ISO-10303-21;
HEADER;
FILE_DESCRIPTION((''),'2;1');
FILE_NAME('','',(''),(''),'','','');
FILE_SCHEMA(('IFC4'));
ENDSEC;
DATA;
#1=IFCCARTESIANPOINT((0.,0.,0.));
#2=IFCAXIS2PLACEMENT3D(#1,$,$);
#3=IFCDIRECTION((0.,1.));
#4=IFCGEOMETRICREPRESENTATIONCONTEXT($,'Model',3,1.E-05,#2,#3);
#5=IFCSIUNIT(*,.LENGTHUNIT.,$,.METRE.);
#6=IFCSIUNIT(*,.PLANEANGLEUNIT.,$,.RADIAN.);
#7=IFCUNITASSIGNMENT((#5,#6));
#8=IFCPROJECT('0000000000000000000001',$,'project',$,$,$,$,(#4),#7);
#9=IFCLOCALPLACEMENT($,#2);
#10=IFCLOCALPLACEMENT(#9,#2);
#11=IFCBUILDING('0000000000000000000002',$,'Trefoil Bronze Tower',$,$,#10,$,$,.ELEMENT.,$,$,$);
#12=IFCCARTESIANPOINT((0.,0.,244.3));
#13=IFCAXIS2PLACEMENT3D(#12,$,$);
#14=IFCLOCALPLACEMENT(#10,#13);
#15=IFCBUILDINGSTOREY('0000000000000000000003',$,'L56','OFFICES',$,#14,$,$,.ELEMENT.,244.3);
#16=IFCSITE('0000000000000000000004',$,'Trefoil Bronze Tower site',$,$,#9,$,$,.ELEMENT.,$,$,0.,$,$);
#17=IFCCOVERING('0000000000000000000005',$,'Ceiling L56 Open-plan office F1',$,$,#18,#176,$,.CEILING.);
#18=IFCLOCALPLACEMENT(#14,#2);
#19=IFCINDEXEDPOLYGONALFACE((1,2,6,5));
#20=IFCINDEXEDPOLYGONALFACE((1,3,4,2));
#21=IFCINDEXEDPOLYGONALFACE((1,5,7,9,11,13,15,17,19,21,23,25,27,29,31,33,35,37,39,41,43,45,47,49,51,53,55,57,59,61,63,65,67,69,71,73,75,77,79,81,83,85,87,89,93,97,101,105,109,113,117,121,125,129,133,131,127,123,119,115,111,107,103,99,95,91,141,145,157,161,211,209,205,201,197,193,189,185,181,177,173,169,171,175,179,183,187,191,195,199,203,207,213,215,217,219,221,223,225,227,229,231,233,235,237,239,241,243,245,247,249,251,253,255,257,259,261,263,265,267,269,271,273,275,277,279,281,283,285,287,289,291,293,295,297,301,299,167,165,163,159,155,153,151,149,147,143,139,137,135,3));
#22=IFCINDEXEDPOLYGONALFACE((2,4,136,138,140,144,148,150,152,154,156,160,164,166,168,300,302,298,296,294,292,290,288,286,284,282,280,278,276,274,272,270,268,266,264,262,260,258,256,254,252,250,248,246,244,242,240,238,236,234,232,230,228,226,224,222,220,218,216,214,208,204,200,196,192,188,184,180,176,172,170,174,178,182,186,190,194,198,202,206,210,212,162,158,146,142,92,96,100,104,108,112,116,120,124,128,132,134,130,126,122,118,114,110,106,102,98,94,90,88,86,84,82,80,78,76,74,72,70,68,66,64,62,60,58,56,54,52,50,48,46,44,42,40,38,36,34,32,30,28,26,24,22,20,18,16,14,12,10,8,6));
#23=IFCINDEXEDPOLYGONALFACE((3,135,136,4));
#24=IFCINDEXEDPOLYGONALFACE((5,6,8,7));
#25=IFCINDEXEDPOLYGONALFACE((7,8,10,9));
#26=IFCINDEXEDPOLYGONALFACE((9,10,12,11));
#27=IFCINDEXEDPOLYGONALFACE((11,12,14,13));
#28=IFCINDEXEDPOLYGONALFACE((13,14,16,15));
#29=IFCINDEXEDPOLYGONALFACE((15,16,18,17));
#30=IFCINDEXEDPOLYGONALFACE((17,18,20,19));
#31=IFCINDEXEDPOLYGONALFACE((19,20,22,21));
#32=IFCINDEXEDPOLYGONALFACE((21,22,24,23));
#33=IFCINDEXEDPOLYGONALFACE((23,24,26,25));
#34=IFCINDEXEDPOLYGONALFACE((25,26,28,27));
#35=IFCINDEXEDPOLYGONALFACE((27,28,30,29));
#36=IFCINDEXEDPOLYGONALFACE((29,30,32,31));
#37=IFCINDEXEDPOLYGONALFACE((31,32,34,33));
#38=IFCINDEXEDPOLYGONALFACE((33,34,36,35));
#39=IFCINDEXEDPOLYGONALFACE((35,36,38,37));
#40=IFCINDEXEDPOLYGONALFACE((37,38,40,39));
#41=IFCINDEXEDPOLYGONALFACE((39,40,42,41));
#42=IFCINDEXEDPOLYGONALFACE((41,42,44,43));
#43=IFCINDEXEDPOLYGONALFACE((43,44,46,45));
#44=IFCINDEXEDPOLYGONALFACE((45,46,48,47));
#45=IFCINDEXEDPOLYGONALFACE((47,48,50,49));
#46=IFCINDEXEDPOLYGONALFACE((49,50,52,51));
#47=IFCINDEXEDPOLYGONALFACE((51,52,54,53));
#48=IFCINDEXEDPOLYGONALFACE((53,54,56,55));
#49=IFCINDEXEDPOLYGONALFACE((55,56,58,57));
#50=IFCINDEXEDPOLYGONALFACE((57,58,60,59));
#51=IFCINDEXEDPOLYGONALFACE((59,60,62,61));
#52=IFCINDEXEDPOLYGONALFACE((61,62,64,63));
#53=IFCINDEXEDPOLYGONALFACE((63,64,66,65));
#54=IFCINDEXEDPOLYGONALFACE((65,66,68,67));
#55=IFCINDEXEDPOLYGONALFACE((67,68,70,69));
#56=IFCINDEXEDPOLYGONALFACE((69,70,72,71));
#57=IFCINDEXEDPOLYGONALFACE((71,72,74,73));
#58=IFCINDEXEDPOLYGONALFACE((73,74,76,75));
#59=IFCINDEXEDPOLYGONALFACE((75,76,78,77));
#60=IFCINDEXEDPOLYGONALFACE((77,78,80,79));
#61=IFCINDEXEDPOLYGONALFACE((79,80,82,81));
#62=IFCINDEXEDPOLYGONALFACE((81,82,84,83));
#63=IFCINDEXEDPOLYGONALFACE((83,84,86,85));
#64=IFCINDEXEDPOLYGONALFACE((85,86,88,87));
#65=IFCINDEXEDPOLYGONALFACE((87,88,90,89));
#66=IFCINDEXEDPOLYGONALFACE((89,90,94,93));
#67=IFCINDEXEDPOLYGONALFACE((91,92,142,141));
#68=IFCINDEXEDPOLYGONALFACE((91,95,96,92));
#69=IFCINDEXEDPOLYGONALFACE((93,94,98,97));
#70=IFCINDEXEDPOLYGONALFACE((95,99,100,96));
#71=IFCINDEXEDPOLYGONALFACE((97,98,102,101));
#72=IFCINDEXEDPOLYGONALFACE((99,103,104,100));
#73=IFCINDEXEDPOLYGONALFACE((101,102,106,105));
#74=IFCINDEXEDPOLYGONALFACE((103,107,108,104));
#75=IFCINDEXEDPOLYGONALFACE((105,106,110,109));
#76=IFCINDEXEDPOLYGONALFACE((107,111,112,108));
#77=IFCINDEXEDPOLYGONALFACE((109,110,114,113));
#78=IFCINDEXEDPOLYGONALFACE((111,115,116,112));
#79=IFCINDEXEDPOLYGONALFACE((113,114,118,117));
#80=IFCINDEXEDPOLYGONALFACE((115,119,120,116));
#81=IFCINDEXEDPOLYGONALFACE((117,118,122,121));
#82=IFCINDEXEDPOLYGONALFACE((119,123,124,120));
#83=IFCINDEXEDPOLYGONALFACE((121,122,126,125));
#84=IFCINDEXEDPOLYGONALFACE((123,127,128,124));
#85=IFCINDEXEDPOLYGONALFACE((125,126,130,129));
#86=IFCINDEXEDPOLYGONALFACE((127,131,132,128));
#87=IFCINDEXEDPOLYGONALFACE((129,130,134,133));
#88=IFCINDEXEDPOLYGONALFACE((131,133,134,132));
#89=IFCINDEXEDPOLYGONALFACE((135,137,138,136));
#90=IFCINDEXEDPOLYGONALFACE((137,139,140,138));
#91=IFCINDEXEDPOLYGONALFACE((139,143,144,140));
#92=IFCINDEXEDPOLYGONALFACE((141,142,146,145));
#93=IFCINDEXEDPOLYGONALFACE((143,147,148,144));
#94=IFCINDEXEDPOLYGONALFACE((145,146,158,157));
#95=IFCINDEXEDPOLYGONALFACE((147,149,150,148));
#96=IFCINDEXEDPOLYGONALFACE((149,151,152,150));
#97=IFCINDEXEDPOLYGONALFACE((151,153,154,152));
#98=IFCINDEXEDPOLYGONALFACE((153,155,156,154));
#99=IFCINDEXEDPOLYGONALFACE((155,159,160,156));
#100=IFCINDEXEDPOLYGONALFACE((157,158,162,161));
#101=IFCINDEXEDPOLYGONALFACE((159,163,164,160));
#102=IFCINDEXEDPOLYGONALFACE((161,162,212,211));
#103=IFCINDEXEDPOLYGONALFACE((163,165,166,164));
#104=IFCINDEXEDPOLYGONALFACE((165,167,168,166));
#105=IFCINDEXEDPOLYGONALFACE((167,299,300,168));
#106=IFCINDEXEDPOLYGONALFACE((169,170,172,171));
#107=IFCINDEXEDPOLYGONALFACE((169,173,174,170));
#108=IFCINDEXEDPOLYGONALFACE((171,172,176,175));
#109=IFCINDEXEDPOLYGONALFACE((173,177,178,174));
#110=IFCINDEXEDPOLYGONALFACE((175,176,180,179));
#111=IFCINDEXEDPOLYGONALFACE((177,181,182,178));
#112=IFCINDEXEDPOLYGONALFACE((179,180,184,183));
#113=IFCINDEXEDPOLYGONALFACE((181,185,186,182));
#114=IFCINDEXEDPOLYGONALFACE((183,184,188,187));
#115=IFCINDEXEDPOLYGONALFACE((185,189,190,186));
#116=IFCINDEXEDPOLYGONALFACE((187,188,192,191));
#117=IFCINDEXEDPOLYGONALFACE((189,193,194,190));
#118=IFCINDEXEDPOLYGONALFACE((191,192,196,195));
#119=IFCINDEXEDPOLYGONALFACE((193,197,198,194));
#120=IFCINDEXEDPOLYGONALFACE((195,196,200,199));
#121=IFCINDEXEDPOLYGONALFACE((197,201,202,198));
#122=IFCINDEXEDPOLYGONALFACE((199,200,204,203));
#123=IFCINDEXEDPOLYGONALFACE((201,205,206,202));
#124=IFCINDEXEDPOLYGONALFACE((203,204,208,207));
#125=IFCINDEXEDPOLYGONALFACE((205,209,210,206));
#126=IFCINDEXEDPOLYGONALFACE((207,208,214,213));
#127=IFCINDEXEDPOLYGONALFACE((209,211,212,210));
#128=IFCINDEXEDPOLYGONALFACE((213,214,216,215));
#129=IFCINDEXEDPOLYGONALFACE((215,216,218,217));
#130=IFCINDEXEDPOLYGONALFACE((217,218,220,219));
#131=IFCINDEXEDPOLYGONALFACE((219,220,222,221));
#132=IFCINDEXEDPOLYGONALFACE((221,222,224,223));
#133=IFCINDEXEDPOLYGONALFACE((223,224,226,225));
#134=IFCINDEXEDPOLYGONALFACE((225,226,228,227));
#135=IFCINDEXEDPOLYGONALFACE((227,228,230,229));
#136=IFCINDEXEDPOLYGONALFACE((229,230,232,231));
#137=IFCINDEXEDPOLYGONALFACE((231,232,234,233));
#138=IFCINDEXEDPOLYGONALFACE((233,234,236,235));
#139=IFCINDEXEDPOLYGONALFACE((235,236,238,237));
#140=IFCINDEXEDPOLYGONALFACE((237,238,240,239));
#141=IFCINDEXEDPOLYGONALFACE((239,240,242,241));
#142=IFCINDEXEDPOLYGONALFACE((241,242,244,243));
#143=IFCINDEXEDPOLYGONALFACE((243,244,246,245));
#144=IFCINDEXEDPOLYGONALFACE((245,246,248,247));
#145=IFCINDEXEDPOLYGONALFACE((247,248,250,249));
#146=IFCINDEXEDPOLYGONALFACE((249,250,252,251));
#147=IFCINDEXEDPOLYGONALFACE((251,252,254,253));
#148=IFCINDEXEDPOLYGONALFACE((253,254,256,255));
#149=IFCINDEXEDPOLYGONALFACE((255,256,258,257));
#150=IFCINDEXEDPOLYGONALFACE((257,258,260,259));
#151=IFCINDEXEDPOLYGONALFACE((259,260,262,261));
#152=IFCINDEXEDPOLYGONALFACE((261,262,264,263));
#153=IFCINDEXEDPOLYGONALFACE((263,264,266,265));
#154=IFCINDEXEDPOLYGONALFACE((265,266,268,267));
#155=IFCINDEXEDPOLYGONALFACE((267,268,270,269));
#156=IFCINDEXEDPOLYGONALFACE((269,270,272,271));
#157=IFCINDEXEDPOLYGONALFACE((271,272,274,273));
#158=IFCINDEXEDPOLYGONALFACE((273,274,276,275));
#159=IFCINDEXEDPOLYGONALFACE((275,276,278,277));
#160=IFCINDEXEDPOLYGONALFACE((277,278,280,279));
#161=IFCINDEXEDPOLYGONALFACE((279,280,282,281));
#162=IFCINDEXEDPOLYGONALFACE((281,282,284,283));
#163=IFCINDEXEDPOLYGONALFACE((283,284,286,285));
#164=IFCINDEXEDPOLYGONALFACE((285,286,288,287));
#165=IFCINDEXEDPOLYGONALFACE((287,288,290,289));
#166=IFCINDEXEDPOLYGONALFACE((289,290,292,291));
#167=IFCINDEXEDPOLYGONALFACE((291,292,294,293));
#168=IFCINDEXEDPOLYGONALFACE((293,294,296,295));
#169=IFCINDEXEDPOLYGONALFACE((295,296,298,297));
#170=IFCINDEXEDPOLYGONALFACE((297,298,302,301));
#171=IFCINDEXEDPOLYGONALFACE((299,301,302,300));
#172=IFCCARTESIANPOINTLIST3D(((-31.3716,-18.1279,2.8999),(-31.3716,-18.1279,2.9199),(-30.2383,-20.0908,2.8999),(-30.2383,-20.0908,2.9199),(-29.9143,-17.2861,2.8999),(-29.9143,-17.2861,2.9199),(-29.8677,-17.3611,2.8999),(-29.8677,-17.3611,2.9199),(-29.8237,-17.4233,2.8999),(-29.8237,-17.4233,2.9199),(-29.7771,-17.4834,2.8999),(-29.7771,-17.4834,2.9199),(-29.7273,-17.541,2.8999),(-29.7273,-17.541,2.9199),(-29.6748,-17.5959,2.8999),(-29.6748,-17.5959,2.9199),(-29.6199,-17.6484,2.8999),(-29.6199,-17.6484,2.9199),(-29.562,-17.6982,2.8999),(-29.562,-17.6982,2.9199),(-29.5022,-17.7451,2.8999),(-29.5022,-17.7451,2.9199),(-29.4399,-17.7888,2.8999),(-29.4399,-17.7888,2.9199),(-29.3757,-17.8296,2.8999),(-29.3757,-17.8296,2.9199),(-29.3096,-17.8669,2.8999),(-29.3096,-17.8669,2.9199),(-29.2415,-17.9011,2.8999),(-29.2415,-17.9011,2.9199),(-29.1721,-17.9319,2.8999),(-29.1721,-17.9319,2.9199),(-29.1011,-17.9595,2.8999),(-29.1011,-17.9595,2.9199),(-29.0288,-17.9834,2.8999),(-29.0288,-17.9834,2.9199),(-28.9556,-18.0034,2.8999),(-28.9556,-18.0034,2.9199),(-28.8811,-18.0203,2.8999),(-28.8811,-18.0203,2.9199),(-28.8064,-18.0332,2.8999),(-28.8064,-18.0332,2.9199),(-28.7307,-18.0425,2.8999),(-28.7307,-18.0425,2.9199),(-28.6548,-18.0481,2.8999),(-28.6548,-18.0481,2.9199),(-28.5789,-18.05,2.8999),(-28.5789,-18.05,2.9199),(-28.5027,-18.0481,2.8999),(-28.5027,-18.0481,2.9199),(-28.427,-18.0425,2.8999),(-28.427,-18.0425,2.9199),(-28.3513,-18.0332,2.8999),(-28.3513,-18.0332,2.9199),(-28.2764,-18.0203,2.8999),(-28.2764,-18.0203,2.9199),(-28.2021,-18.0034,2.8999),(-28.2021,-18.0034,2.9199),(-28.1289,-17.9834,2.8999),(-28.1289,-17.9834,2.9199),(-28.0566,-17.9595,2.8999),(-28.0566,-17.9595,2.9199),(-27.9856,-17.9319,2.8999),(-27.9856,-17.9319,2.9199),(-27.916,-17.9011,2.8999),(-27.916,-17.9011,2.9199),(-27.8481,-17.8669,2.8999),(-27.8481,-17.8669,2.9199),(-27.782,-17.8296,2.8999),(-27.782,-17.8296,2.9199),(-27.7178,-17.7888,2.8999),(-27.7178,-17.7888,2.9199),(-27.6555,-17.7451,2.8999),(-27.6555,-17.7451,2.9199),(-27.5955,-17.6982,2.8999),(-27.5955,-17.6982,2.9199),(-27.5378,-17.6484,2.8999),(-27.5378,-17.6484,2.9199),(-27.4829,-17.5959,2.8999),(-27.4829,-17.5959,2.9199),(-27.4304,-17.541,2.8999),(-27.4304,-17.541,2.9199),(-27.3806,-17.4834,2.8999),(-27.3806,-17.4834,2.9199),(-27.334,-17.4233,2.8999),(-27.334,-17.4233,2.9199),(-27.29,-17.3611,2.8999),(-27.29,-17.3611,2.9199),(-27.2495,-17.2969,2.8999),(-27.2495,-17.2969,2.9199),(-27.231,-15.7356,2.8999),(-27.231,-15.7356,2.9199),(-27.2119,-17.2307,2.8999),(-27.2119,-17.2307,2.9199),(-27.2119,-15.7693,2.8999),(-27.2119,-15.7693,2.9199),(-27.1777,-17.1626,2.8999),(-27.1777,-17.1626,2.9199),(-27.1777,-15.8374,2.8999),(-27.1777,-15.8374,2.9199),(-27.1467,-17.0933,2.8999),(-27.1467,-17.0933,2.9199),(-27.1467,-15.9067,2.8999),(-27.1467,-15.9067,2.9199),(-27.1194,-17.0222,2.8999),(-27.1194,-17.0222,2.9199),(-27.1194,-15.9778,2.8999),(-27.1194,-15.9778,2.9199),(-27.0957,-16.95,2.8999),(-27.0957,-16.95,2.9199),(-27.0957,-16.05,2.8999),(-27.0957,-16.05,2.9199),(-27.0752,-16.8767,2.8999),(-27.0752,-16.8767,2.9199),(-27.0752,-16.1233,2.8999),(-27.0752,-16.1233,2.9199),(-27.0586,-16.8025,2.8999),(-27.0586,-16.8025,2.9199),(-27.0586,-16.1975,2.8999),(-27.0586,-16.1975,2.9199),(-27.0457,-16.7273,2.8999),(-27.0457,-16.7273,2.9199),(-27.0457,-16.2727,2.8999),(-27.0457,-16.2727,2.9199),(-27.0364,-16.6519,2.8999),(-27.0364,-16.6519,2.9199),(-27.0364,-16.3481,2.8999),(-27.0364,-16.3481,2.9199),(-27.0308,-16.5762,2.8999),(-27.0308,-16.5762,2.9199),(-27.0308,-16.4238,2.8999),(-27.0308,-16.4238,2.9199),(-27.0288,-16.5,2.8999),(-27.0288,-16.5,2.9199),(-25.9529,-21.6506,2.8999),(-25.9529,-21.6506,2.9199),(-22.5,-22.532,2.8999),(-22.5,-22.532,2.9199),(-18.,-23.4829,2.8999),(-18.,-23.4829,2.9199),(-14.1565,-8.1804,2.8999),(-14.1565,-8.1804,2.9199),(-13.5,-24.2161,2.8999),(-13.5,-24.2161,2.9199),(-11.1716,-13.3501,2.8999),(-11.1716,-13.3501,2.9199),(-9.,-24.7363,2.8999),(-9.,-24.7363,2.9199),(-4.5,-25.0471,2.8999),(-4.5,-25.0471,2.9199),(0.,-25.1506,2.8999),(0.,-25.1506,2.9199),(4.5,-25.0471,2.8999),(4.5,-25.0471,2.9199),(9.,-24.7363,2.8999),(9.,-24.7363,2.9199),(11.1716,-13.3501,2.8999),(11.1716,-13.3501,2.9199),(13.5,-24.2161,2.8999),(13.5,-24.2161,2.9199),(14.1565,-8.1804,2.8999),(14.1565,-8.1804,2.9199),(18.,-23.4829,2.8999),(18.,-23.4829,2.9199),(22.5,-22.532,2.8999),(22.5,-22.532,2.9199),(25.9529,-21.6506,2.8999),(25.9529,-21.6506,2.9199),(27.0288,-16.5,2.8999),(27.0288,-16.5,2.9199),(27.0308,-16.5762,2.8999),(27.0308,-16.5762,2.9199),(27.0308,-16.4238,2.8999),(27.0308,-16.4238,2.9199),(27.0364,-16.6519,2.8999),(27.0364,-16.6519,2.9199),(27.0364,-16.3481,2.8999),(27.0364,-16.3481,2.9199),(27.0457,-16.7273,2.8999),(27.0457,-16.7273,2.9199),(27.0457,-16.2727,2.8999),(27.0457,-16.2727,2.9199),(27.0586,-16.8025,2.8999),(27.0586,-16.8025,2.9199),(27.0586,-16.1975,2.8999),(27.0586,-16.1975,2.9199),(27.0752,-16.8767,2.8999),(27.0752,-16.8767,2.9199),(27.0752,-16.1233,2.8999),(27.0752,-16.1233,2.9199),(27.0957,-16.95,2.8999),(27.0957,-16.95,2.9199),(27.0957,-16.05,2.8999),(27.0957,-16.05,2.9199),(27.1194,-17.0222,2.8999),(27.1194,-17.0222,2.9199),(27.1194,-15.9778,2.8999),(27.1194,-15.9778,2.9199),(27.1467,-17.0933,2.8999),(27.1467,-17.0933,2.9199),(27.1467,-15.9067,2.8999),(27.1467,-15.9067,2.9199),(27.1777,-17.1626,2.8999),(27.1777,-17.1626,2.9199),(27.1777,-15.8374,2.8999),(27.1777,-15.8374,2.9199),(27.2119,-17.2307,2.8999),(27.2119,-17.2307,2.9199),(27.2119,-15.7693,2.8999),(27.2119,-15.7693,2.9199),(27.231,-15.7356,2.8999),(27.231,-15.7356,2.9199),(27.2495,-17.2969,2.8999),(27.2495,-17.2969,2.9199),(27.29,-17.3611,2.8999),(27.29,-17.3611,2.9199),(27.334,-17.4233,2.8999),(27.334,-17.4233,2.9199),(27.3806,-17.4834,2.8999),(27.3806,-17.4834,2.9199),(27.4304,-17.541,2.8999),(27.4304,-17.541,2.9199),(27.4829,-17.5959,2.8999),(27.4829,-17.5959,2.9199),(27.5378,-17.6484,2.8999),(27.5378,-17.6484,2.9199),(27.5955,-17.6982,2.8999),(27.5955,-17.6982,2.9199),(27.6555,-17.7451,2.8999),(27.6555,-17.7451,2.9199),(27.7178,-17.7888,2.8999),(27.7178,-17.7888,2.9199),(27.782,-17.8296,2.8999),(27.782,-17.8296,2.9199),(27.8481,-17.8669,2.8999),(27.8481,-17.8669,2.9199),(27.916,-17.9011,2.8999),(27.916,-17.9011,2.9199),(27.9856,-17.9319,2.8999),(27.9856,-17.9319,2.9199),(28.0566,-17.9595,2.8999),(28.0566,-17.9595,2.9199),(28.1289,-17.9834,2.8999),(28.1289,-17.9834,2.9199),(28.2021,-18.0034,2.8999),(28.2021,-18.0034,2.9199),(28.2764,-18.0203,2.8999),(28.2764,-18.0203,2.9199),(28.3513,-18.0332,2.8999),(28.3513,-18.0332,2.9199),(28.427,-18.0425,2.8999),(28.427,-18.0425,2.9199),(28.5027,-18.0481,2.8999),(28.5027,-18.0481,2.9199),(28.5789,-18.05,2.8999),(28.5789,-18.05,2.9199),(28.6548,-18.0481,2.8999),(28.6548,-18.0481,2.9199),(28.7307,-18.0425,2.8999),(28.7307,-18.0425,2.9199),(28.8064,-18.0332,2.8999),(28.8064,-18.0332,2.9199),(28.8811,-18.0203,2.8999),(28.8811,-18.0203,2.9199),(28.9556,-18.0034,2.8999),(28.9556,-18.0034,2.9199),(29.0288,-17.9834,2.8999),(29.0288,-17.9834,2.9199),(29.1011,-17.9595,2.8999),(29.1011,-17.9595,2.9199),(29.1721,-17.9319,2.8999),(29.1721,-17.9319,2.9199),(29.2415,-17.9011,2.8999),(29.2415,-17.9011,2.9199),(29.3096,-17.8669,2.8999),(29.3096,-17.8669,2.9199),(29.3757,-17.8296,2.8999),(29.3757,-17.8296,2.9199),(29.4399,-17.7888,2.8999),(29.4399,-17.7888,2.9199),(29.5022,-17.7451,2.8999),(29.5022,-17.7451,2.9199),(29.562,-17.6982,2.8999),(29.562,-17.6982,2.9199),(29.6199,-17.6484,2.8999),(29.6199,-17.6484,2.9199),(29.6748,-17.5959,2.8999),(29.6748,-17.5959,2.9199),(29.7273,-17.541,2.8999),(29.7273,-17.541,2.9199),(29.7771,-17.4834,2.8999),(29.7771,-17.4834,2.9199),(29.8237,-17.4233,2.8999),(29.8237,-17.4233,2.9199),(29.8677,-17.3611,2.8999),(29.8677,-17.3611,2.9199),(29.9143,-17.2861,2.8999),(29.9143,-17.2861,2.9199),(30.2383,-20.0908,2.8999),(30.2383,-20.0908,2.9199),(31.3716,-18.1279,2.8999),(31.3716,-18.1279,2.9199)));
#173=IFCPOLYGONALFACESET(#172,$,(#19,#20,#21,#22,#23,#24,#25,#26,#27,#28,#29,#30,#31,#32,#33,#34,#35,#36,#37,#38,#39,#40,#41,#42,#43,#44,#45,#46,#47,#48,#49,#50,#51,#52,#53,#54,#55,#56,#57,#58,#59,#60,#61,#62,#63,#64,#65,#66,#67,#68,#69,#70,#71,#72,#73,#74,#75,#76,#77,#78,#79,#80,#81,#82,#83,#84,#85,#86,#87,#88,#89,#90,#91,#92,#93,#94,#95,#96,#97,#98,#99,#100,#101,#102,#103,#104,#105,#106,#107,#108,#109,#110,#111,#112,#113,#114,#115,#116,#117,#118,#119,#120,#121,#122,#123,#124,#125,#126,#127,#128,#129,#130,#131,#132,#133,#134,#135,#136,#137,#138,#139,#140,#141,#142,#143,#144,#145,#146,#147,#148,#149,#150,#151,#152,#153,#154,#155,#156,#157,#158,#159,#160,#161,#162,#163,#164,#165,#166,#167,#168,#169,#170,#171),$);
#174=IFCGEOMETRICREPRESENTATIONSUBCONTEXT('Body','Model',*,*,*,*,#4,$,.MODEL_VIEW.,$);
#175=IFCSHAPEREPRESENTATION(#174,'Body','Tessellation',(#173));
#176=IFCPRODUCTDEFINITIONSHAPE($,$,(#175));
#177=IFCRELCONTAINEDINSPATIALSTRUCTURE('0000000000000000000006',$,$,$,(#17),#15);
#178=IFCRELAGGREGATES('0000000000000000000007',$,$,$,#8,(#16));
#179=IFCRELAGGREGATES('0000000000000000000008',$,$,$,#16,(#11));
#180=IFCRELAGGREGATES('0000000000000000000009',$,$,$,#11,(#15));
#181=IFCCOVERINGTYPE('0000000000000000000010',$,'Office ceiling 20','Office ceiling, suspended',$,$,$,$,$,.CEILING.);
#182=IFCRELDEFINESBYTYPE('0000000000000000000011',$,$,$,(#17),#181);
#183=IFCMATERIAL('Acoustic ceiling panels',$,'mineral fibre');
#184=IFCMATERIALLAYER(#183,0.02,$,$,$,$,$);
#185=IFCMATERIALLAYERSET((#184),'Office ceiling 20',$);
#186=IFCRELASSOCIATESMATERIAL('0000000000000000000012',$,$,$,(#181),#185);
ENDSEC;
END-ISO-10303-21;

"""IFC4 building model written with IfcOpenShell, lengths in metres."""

from ifc_helpers import new_model, si_unit, direction, frame, origin, place, context, subcontext, project, spatial, polyline, outline, extrude, material, layer, layer_set, type_object, element, save


model = new_model("IFC4")

# Units and contexts
model_context = context("Model", 3, precision=1e-05, world=origin(), true_north=direction((0.0, 1.0)))
body_context = subcontext(model_context, "Body", "Model", "MODEL_VIEW")
ifc_project = project(units=[si_unit("LENGTHUNIT", "METRE"), si_unit("PLANEANGLEUNIT", "RADIAN")], contexts=[model_context])

# Site, building, storey
site_placement = place(None, origin())
site = spatial("IfcSite", under=ifc_project, at=site_placement, Name="Trefoil Bronze Tower site", CompositionType="ELEMENT", RefElevation=0.0)
building_placement = place(site_placement, origin())
building = spatial("IfcBuilding", under=site, at=building_placement, Name="Trefoil Bronze Tower", CompositionType="ELEMENT")
storey_placement = place(building_placement, frame((0.0, 0.0, 244.3)))
storey = spatial("IfcBuildingStorey", under=building, at=storey_placement, Name="L56", Description="OFFICES", CompositionType="ELEMENT", Elevation=244.3)

# Covering
ifc_material_1 = material(Name="Acoustic ceiling panels", Category="mineral fibre")
ifc_layer_1 = layer(ifc_material_1, 0.02)
ifc_layer_set_1 = layer_set([ifc_layer_1], Name="Office ceiling 20")
covering_type_1 = type_object("IfcCoveringType", Name="Office ceiling 20", Description="Office ceiling, suspended", PredefinedType="CEILING", material=ifc_layer_set_1)
covering_1_placement = place(storey_placement, frame((0.0, 0.0, 2.8999)))
element("IfcCovering", 1, at=covering_1_placement, inside=storey, type_object=covering_type_1, Name="Ceiling L56 Open-plan office F1", PredefinedType="CEILING", context=body_context, shape_type="SweptSolid", body=[
    extrude(outline(polyline([(-29.8677, -17.3611), (-29.8237, -17.4233), (-29.7771, -17.4834), (-29.7273, -17.541), (-29.6748, -17.5959), (-29.6199, -17.6484), (-29.562, -17.6982), (-29.5022, -17.7451), (-29.4399, -17.7888), (-29.3757, -17.8296), (-29.3096, -17.8669), (-29.2415, -17.9011), (-29.1721, -17.9319), (-29.1011, -17.9595), (-29.0288, -17.9834), (-28.9556, -18.0034), (-28.8811, -18.0203), (-28.8064, -18.0332), (-28.7307, -18.0425), (-28.6548, -18.0481), (-28.5789, -18.05), (-28.5027, -18.0481), (-28.427, -18.0425), (-28.3513, -18.0332), (-28.2764, -18.0203), (-28.2021, -18.0034), (-28.1289, -17.9834), (-28.0566, -17.9595), (-27.9856, -17.9319), (-27.916, -17.9011), (-27.8481, -17.8669), (-27.782, -17.8296), (-27.7178, -17.7888), (-27.6555, -17.7451), (-27.5955, -17.6982), (-27.5378, -17.6484), (-27.4829, -17.5959), (-27.4304, -17.541), (-27.3806, -17.4834), (-27.334, -17.4233), (-27.29, -17.3611), (-27.2495, -17.2969), (-27.2119, -17.2307), (-27.1777, -17.1626), (-27.1467, -17.0933), (-27.1194, -17.0222), (-27.0957, -16.95), (-27.0752, -16.8767), (-27.0586, -16.8025), (-27.0457, -16.7273), (-27.0364, -16.6519), (-27.0308, -16.5762), (-27.0288, -16.5), (-27.0308, -16.4238), (-27.0364, -16.3481), (-27.0457, -16.2727), (-27.0586, -16.1975), (-27.0752, -16.1233), (-27.0957, -16.05), (-27.1194, -15.9778), (-27.1467, -15.9067), (-27.1777, -15.8374), (-27.2119, -15.7693), (-27.231, -15.7356), (-14.1565, -8.1804), (-11.1716, -13.3501), (11.1716, -13.3501), (14.1565, -8.1804), (27.231, -15.7356), (27.2119, -15.7693), (27.1777, -15.8374), (27.1467, -15.9067), (27.1194, -15.9778), (27.0957, -16.05), (27.0752, -16.1233), (27.0586, -16.1975), (27.0457, -16.2727), (27.0364, -16.3481), (27.0308, -16.4238), (27.0288, -16.5), (27.0308, -16.5762), (27.0364, -16.6519), (27.0457, -16.7273), (27.0586, -16.8025), (27.0752, -16.8767), (27.0957, -16.95), (27.1194, -17.0222), (27.1467, -17.0933), (27.1777, -17.1626), (27.2119, -17.2307), (27.2495, -17.2969), (27.29, -17.3611), (27.334, -17.4233), (27.3806, -17.4834), (27.4304, -17.541), (27.4829, -17.5959), (27.5378, -17.6484), (27.5955, -17.6982), (27.6555, -17.7451), (27.7178, -17.7888), (27.782, -17.8296), (27.8481, -17.8669), (27.916, -17.9011), (27.9856, -17.9319), (28.0566, -17.9595), (28.1289, -17.9834), (28.2021, -18.0034), (28.2764, -18.0203), (28.3513, -18.0332), (28.427, -18.0425), (28.5027, -18.0481), (28.5789, -18.05), (28.6548, -18.0481), (28.7307, -18.0425), (28.8064, -18.0332), (28.8811, -18.0203), (28.9556, -18.0034), (29.0288, -17.9834), (29.1011, -17.9595), (29.1721, -17.9319), (29.2415, -17.9011), (29.3096, -17.8669), (29.3757, -17.8296), (29.4399, -17.7888), (29.5022, -17.7451), (29.562, -17.6982), (29.6199, -17.6484), (29.6748, -17.5959), (29.7273, -17.541), (29.7771, -17.4834), (29.8237, -17.4233), (29.8677, -17.3611), (29.9143, -17.2861), (31.3716, -18.1279), (30.2383, -20.0908), (25.9529, -21.6506), (22.5, -22.532), (18.0, -23.4829), (13.5, -24.2161), (9.0, -24.7363), (4.5, -25.0471), (0.0, -25.1506), (-4.5, -25.0471), (-9.0, -24.7363), (-13.5, -24.2161), (-18.0, -23.4829), (-22.5, -22.532), (-25.9529, -21.6506), (-30.2383, -20.0908), (-31.3716, -18.1279), (-29.9143, -17.2861), (-29.8677, -17.3611)])), origin(), (0.0, 0.0, 1.0), 0.02),
])

save(model, "model.ifc")
